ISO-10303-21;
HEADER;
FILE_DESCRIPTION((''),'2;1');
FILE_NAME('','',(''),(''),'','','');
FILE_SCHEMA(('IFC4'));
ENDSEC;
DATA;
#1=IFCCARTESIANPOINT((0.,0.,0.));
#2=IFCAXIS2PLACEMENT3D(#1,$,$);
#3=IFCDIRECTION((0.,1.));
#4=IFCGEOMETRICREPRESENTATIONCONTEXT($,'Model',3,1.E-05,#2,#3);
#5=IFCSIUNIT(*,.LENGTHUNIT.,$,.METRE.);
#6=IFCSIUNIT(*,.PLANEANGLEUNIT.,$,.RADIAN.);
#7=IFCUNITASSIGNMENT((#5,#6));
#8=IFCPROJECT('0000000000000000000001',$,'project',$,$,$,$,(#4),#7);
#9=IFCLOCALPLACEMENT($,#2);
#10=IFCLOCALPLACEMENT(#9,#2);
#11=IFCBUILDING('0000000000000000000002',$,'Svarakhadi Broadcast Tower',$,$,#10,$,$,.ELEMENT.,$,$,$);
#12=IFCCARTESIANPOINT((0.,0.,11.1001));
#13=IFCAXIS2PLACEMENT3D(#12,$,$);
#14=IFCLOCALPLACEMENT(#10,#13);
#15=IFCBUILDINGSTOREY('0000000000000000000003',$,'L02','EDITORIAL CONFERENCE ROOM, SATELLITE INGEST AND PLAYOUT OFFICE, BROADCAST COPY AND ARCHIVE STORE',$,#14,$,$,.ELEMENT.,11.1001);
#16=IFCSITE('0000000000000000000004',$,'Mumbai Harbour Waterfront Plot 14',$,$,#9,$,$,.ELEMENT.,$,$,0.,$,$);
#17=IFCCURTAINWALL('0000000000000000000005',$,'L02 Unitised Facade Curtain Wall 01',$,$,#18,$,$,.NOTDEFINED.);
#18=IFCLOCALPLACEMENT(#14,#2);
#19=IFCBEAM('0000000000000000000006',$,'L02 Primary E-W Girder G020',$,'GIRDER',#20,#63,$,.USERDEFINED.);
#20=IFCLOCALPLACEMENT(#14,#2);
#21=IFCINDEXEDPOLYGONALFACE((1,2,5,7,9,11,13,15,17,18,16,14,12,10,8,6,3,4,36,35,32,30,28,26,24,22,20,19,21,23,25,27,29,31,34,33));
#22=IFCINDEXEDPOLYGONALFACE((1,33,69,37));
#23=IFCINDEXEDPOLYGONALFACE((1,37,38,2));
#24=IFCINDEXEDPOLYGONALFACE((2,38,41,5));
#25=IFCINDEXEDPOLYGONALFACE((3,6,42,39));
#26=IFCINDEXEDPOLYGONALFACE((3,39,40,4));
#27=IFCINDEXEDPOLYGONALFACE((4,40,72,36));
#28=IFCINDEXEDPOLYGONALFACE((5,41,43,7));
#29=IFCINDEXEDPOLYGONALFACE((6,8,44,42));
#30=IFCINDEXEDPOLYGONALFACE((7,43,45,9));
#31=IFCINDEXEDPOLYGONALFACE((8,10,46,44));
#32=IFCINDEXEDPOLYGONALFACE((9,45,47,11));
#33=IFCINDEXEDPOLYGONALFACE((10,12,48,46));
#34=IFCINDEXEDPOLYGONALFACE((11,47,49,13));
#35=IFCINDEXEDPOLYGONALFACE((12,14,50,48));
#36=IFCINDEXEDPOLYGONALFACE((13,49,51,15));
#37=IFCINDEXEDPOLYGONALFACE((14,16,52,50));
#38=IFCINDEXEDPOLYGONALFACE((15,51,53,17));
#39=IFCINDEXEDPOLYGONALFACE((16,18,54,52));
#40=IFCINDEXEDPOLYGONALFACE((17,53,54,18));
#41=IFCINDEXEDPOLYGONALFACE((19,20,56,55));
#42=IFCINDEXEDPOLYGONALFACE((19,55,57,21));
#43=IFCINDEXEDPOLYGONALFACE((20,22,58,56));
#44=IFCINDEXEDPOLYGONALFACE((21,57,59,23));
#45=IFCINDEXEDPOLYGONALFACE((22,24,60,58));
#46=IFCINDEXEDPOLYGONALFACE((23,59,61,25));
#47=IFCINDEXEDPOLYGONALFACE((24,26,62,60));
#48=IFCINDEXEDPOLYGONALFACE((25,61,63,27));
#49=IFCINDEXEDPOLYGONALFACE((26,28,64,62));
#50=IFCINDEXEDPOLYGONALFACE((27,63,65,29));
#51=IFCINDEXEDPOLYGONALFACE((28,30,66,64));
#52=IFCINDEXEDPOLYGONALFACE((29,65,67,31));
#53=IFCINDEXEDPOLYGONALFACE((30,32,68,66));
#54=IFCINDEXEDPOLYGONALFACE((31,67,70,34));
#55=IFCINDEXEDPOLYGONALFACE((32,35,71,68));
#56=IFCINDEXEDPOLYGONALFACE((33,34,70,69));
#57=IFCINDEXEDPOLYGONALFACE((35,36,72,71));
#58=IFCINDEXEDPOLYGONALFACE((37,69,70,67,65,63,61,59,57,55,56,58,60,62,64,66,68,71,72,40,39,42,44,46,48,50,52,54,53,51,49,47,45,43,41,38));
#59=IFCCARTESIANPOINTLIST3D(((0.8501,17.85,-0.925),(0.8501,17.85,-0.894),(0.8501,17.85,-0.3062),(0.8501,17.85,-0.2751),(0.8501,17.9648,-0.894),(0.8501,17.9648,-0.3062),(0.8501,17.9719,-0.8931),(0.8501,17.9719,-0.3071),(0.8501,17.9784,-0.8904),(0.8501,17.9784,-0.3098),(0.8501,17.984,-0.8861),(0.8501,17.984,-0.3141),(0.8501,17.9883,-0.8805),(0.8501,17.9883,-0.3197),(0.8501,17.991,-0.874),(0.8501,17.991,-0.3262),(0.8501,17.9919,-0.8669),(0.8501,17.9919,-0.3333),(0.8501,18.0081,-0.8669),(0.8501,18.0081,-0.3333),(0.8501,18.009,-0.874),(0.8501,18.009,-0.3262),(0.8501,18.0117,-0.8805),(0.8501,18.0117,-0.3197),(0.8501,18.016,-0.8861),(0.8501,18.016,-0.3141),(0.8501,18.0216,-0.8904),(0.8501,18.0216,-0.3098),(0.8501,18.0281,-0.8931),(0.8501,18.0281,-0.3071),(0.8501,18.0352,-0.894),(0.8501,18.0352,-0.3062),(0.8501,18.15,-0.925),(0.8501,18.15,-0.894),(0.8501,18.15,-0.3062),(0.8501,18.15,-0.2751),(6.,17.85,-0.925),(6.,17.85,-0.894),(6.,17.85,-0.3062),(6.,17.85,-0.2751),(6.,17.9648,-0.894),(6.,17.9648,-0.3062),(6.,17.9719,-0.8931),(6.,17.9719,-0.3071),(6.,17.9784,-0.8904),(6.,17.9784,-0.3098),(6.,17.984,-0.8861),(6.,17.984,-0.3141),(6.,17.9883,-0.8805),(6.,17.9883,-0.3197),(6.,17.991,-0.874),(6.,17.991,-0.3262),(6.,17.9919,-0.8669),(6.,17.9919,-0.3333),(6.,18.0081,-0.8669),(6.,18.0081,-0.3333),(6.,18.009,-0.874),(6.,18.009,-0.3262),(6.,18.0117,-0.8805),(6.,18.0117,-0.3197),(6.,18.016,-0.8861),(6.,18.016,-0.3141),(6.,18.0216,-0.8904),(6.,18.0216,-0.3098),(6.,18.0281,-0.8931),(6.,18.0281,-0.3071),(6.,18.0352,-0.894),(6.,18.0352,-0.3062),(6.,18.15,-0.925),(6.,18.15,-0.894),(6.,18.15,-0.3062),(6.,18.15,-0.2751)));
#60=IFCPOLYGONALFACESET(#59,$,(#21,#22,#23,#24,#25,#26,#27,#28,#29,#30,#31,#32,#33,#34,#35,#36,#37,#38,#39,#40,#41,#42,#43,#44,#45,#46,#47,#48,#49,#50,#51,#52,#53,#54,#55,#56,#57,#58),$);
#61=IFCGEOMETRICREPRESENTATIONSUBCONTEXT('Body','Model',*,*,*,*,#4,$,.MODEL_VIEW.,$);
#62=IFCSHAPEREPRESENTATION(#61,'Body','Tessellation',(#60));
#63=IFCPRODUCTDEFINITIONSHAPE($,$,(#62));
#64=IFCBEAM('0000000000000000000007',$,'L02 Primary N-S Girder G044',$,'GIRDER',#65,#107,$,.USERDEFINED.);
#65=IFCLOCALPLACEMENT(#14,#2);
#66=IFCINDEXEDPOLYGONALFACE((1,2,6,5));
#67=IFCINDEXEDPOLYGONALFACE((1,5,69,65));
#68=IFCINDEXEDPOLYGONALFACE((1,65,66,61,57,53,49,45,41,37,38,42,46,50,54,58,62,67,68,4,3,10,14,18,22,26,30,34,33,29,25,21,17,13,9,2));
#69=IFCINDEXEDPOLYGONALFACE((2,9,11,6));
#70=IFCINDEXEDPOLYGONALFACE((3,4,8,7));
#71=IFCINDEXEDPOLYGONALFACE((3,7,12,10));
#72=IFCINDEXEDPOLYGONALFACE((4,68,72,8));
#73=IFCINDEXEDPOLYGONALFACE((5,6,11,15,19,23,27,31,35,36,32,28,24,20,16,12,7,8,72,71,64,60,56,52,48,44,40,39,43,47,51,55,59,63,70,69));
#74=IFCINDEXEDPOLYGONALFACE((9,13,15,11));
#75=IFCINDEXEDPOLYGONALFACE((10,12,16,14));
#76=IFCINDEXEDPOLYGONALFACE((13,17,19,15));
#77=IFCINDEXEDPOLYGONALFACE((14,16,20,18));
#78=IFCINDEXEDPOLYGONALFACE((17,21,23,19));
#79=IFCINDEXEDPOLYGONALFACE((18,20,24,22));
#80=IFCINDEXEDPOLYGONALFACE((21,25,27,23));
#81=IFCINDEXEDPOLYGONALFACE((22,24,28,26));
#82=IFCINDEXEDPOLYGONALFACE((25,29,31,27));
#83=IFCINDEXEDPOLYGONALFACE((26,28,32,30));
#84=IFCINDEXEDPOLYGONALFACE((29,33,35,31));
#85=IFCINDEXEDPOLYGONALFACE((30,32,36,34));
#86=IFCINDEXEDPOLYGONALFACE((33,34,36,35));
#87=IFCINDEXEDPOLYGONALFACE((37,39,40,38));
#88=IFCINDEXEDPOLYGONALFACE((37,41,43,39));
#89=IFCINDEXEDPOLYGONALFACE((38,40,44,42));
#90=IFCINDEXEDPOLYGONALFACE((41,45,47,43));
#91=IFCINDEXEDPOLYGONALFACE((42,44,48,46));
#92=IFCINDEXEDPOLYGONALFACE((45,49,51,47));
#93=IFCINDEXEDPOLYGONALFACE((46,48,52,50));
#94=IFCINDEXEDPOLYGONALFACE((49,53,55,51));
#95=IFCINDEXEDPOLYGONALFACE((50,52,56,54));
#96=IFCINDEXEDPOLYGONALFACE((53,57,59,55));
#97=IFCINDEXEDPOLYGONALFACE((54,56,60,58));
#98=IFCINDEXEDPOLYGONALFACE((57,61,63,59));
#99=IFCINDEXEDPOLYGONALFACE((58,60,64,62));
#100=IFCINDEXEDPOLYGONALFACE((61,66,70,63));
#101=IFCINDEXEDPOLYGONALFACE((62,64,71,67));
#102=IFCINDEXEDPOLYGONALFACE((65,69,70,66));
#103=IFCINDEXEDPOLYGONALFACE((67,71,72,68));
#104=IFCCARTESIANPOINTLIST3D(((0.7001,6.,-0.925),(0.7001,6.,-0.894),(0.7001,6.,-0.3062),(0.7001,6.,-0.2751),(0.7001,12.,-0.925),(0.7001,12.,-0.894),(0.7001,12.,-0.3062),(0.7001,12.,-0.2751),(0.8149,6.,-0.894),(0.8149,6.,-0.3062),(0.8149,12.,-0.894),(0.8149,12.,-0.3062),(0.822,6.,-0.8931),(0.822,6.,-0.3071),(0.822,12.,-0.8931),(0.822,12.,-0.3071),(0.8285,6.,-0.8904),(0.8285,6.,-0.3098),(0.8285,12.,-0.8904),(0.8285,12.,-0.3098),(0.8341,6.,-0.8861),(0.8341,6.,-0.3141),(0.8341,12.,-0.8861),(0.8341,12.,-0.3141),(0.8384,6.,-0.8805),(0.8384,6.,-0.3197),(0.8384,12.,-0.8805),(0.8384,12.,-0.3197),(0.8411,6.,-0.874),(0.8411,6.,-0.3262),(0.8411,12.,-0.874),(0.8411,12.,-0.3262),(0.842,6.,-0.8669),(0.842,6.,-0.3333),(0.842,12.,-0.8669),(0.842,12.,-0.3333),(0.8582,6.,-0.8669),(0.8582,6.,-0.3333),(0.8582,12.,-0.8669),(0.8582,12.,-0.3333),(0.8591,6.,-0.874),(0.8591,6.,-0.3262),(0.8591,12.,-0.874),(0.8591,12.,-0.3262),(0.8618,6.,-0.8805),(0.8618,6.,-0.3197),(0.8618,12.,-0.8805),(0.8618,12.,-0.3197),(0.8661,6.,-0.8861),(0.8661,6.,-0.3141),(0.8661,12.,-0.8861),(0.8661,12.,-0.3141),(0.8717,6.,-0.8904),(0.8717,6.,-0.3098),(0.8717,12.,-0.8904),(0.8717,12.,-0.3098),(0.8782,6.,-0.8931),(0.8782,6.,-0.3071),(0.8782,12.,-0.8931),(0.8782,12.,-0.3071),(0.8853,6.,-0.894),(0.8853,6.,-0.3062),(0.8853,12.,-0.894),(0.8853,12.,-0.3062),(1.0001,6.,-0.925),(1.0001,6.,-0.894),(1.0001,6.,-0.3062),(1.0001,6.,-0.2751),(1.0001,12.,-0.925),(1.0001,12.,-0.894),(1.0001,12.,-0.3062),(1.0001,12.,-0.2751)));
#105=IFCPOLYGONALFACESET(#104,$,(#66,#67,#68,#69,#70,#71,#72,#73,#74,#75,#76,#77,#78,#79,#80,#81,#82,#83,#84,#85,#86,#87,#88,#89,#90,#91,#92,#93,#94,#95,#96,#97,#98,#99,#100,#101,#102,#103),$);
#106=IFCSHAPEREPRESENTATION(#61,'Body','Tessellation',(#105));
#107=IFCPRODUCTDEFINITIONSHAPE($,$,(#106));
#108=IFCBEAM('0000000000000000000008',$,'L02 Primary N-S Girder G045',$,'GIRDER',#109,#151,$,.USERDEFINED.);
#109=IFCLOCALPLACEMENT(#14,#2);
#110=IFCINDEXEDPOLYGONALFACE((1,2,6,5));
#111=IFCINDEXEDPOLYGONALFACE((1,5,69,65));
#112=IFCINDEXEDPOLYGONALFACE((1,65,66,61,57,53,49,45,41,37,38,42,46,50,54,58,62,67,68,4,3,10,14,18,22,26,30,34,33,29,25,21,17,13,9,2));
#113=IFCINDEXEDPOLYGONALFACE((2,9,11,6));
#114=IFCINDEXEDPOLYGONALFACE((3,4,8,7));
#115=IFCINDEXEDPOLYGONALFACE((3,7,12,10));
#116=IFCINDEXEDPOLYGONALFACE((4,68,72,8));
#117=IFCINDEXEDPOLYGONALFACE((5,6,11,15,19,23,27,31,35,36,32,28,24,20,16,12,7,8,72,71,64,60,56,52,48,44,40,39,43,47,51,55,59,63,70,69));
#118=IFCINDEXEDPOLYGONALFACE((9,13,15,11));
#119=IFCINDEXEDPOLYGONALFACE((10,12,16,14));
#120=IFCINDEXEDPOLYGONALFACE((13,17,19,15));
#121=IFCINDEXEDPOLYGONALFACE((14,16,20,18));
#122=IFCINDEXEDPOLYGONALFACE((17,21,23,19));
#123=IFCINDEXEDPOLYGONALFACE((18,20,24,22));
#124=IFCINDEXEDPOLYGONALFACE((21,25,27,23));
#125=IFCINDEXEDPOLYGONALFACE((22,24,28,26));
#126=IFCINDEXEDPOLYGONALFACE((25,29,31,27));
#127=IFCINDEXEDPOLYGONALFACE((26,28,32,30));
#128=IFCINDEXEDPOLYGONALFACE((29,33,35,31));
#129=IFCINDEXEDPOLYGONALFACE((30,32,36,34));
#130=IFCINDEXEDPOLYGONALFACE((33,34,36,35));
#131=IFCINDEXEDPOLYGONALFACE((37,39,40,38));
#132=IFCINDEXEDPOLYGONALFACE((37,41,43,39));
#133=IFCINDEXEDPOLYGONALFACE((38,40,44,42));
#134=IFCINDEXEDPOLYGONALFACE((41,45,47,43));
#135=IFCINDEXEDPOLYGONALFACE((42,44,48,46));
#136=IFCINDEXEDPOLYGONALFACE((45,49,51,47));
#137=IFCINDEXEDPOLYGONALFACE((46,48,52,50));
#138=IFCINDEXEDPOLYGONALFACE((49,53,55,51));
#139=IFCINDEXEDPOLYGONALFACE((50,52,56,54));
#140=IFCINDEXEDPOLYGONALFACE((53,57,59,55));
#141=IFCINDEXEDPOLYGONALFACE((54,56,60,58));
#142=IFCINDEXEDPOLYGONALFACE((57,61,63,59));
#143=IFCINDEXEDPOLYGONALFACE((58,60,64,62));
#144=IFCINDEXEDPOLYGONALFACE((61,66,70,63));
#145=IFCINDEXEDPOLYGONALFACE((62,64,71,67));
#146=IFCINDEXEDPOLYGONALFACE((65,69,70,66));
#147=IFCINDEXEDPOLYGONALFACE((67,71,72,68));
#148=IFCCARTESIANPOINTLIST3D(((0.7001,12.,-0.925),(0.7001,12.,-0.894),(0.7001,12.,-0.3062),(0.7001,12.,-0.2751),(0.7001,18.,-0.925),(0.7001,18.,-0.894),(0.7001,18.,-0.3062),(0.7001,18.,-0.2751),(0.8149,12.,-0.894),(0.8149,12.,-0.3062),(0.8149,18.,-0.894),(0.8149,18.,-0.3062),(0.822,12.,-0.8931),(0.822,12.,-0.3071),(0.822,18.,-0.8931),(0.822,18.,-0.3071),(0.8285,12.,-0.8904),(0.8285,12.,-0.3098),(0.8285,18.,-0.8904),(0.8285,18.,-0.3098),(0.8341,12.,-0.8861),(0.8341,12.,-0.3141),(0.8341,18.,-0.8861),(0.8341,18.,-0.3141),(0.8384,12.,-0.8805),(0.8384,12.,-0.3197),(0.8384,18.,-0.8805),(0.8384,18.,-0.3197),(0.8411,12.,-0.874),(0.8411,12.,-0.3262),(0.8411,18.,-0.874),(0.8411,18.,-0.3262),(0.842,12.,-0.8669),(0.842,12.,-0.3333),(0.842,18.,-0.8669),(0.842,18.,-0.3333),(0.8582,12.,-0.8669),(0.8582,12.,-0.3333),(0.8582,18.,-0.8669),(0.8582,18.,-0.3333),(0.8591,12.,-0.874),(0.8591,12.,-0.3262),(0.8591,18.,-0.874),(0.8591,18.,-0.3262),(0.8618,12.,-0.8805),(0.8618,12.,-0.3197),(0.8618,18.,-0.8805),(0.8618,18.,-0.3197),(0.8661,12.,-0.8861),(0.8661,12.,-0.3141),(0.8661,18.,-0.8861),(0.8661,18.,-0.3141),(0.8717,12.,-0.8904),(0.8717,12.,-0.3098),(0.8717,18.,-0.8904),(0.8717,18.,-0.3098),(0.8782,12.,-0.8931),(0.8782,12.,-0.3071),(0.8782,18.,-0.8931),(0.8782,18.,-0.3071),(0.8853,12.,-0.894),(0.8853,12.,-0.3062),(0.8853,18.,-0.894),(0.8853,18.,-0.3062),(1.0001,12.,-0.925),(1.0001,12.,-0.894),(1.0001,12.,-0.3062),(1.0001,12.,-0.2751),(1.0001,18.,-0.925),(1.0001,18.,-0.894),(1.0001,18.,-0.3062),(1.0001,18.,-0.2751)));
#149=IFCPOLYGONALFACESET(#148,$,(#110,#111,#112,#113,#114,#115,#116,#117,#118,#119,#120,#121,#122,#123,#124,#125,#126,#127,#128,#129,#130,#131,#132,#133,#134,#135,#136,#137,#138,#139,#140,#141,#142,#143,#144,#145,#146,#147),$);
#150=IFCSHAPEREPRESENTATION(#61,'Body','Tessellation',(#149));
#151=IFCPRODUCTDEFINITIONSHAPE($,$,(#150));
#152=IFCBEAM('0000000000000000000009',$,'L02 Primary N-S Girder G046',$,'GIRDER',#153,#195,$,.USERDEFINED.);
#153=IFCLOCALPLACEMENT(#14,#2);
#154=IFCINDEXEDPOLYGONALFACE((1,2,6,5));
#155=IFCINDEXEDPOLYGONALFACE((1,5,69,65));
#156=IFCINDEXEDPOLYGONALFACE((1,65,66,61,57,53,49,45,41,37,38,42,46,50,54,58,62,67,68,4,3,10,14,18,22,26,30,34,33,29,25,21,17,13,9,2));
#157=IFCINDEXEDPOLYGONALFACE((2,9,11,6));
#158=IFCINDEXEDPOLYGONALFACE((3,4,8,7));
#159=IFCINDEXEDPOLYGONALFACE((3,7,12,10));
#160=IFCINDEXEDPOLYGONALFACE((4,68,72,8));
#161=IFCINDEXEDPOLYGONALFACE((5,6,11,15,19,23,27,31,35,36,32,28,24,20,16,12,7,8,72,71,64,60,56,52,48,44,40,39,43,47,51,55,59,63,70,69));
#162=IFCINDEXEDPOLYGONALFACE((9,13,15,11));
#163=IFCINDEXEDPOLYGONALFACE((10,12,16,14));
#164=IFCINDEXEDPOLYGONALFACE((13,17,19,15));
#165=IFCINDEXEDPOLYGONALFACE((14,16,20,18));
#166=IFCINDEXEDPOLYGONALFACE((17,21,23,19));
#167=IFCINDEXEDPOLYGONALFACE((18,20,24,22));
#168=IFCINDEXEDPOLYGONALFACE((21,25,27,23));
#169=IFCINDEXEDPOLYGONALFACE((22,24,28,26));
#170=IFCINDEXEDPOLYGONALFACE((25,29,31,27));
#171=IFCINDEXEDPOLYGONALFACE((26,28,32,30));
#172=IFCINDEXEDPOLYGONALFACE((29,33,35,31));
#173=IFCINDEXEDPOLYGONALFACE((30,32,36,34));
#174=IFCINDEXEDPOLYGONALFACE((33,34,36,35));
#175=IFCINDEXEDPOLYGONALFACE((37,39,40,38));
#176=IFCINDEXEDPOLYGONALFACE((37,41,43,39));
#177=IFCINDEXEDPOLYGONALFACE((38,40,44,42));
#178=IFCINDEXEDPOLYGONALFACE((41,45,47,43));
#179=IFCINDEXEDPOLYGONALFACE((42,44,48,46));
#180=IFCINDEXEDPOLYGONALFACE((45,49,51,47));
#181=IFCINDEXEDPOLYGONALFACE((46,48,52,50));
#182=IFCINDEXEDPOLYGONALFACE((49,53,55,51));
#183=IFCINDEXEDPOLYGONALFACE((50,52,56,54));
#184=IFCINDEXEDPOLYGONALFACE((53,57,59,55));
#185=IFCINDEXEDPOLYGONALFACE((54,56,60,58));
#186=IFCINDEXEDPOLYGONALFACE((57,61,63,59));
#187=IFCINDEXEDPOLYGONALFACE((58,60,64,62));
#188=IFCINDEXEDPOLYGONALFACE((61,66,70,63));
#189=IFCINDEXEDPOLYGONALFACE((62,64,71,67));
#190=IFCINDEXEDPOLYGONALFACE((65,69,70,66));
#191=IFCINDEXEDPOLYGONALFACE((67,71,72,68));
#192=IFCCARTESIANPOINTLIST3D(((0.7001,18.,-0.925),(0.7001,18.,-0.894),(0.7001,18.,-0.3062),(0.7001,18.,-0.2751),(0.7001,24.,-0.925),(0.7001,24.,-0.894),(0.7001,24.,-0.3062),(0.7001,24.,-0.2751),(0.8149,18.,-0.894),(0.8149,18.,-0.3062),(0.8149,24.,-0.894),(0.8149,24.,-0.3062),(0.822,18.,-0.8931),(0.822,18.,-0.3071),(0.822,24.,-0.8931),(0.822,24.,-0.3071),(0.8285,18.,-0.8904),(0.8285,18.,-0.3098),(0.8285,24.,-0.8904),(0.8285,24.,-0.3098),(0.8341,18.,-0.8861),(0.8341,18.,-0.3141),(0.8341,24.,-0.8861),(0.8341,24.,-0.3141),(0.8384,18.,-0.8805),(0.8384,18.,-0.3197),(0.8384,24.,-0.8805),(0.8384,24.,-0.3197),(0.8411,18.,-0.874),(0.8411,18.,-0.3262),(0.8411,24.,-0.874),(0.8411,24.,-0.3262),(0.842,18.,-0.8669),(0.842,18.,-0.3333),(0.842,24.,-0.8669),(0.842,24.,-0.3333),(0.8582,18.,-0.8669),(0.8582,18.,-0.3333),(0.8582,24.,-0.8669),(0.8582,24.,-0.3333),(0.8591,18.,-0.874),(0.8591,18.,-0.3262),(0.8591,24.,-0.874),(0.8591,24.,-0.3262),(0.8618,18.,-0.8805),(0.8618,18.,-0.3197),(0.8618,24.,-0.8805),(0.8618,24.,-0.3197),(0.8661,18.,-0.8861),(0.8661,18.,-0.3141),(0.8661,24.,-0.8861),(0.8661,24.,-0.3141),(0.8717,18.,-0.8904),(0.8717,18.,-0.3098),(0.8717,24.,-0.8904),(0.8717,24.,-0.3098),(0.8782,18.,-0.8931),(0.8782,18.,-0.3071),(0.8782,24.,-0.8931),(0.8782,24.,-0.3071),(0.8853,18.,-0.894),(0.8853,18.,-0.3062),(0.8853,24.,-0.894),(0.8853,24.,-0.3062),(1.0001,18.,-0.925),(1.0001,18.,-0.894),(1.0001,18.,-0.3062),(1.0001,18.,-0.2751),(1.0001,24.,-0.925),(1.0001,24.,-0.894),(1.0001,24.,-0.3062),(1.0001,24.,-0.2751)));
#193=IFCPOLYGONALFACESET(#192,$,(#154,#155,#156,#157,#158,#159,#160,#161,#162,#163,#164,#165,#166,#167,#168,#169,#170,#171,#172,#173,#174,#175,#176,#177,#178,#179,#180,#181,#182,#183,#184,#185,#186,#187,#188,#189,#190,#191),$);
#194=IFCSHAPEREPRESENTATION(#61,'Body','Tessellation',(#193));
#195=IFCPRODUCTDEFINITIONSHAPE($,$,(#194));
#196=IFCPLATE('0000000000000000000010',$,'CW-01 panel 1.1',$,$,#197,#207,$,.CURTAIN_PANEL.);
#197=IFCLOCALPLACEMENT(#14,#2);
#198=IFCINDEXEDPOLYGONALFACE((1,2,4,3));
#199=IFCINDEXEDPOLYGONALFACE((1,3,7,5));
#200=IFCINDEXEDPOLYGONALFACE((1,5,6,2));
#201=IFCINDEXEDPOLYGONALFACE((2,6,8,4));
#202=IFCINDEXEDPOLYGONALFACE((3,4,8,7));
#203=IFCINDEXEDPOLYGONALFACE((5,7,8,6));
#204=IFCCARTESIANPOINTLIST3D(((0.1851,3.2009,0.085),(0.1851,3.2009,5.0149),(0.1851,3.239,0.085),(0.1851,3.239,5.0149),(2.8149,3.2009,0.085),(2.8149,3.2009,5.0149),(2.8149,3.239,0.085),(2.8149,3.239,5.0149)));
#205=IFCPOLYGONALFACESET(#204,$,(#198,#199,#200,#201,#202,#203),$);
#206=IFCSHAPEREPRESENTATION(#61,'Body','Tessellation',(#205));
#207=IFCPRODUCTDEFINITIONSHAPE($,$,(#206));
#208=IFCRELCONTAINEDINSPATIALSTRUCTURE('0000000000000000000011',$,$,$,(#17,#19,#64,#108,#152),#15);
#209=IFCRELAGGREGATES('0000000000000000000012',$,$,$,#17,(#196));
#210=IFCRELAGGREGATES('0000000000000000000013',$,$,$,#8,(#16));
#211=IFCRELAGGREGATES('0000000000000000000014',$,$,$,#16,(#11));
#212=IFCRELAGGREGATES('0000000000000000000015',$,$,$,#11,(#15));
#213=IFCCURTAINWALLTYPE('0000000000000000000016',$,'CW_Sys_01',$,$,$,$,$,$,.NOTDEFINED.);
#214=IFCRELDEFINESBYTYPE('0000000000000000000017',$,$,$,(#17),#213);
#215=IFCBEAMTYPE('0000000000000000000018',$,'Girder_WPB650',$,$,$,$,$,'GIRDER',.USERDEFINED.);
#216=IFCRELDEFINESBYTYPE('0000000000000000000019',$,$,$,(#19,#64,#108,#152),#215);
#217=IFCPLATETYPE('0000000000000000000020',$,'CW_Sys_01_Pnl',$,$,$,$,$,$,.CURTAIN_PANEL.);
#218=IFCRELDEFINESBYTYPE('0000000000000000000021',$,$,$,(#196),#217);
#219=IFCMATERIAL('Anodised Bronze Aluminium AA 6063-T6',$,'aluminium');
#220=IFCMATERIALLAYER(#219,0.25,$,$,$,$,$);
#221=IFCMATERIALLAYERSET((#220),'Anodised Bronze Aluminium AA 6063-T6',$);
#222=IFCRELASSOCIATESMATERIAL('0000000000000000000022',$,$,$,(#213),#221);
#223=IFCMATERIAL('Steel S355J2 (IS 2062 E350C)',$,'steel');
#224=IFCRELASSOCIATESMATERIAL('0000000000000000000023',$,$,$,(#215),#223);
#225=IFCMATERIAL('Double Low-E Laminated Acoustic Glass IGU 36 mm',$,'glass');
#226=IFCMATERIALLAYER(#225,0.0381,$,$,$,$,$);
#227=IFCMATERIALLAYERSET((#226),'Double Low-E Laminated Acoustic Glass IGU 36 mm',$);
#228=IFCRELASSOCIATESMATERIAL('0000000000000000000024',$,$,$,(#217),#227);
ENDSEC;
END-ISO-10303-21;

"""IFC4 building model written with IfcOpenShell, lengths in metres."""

from ifc_helpers import new_model, si_unit, direction, frame, origin, origin_2d, place, context, subcontext, project, spatial, rectangle, i_section, extrude, material, layer, layer_set, material_profile, profile_set, type_object, element, aggregate, save


model = new_model("IFC4")

# Units and contexts
model_context = context("Model", 3, precision=1e-05, world=origin(), true_north=direction((0.0, 1.0)))
body_context = subcontext(model_context, "Body", "Model", "MODEL_VIEW")
ifc_project = project(units=[si_unit("LENGTHUNIT", "METRE"), si_unit("PLANEANGLEUNIT", "RADIAN")], contexts=[model_context])

# Site, building, storey
site_placement = place(None, origin())
site = spatial("IfcSite", under=ifc_project, at=site_placement, Name="Mumbai Harbour Waterfront Plot 14", CompositionType="ELEMENT", RefElevation=0.0)
building_placement = place(site_placement, origin())
building = spatial("IfcBuilding", under=site, at=building_placement, Name="Svarakhadi Broadcast Tower", CompositionType="ELEMENT")
storey_placement = place(building_placement, frame((0.0, 0.0, 11.1001)))
storey = spatial("IfcBuildingStorey", under=building, at=storey_placement, Name="L02", Description="EDITORIAL CONFERENCE ROOM, SATELLITE INGEST AND PLAYOUT OFFICE, BROADCAST COPY AND ARCHIVE STORE", CompositionType="ELEMENT", Elevation=11.1001)

# Shared definitions
ifc_material_1 = material(Name="Steel S355J2 (IS 2062 E350C)", Category="steel")

# Curtain wall
ifc_material_2 = material(Name="Anodised Bronze Aluminium AA 6063-T6", Category="aluminium")
ifc_layer_1 = layer(ifc_material_2, 0.25)
ifc_layer_set_1 = layer_set([ifc_layer_1], Name="Anodised Bronze Aluminium AA 6063-T6")
curtain_wall_type = type_object("IfcCurtainWallType", Name="CW_Sys_01", PredefinedType="NOTDEFINED", material=ifc_layer_set_1)
curtain_wall_1_placement = place(storey_placement, origin())
curtain_wall_1 = element("IfcCurtainWall", 1, at=curtain_wall_1_placement, inside=storey, type_object=curtain_wall_type, Name="L02 Unitised Facade Curtain Wall 01", PredefinedType="NOTDEFINED")

# Beams
ifc_material_profile_1 = material_profile(ifc_material_1, i_section(OverallWidth=0.3, OverallDepth=0.6499, WebThickness=0.0161, FlangeThickness=0.031, FilletRadius=0.0271, at=origin_2d()), Name="WPB 650x300x225")
ifc_profile_set_1 = profile_set([ifc_material_profile_1], Name="Steel S355J2 (IS 2062 E350C)")
beam_type_1 = type_object("IfcBeamType", Name="Girder_WPB650", ElementType="GIRDER", PredefinedType="USERDEFINED", material=ifc_profile_set_1)
for number, where, z_axis, x_axis, name in (
    (2, (0.8501, 18.0, -0.6001), (1.0, 0.0, 0.0), (0.0, 1.0, 0.0), "L02 Primary E-W Girder G020"),
):
    element("IfcBeam", number, at=place(storey_placement, frame(where, z_axis=z_axis, x_axis=x_axis)), inside=storey, type_object=beam_type_1, Name=name, ObjectType="GIRDER", PredefinedType="USERDEFINED", context=body_context, shape_type="SweptSolid", body=[
        extrude(i_section(OverallWidth=0.3, OverallDepth=0.6499, WebThickness=0.0161, FlangeThickness=0.031, FilletRadius=0.0271, at=origin_2d()), origin(), (0.0, 0.0, 1.0), 5.1499),
    ])
for number, where, z_axis, x_axis, name in (
    (3, (0.8501, 6.0, -0.6001), (0.0, 1.0, 0.0), (-1.0, 0.0, 0.0), "L02 Primary N-S Girder G044"),
    (4, (0.8501, 12.0, -0.6001), (0.0, 1.0, 0.0), (-1.0, 0.0, 0.0), "L02 Primary N-S Girder G045"),
    (5, (0.8501, 18.0, -0.6001), (0.0, 1.0, 0.0), (-1.0, 0.0, 0.0), "L02 Primary N-S Girder G046"),
):
    element("IfcBeam", number, at=place(storey_placement, frame(where, z_axis=z_axis, x_axis=x_axis)), inside=storey, type_object=beam_type_1, Name=name, ObjectType="GIRDER", PredefinedType="USERDEFINED", context=body_context, shape_type="SweptSolid", body=[
        extrude(i_section(OverallWidth=0.3, OverallDepth=0.6499, WebThickness=0.0161, FlangeThickness=0.031, FilletRadius=0.0271, at=origin_2d()), origin(), (0.0, 0.0, 1.0), 6.0),
    ])

# Plate
ifc_material_3 = material(Name="Double Low-E Laminated Acoustic Glass IGU 36 mm", Category="glass")
ifc_layer_2 = layer(ifc_material_3, 0.0381)
ifc_layer_set_2 = layer_set([ifc_layer_2], Name="Double Low-E Laminated Acoustic Glass IGU 36 mm")
plate_type = type_object("IfcPlateType", Name="CW_Sys_01_Pnl", PredefinedType="CURTAIN_PANEL", material=ifc_layer_set_2)
plate_1_placement = place(storey_placement, frame((1.5, 3.22, 0.085), z_axis=(0.0, 0.0, 1.0), x_axis=(-1.0, 0.0, 0.0)))
plate_1 = element("IfcPlate", 6, at=plate_1_placement, type_object=plate_type, Name="CW-01 panel 1.1", PredefinedType="CURTAIN_PANEL", context=body_context, shape_type="SweptSolid", body=[
    extrude(rectangle(XDim=2.6299, YDim=0.0381, at=origin_2d()), origin(), (0.0, 0.0, 1.0), 4.9299),
])
aggregate(curtain_wall_1, [plate_1])

save(model, "model.ifc")
